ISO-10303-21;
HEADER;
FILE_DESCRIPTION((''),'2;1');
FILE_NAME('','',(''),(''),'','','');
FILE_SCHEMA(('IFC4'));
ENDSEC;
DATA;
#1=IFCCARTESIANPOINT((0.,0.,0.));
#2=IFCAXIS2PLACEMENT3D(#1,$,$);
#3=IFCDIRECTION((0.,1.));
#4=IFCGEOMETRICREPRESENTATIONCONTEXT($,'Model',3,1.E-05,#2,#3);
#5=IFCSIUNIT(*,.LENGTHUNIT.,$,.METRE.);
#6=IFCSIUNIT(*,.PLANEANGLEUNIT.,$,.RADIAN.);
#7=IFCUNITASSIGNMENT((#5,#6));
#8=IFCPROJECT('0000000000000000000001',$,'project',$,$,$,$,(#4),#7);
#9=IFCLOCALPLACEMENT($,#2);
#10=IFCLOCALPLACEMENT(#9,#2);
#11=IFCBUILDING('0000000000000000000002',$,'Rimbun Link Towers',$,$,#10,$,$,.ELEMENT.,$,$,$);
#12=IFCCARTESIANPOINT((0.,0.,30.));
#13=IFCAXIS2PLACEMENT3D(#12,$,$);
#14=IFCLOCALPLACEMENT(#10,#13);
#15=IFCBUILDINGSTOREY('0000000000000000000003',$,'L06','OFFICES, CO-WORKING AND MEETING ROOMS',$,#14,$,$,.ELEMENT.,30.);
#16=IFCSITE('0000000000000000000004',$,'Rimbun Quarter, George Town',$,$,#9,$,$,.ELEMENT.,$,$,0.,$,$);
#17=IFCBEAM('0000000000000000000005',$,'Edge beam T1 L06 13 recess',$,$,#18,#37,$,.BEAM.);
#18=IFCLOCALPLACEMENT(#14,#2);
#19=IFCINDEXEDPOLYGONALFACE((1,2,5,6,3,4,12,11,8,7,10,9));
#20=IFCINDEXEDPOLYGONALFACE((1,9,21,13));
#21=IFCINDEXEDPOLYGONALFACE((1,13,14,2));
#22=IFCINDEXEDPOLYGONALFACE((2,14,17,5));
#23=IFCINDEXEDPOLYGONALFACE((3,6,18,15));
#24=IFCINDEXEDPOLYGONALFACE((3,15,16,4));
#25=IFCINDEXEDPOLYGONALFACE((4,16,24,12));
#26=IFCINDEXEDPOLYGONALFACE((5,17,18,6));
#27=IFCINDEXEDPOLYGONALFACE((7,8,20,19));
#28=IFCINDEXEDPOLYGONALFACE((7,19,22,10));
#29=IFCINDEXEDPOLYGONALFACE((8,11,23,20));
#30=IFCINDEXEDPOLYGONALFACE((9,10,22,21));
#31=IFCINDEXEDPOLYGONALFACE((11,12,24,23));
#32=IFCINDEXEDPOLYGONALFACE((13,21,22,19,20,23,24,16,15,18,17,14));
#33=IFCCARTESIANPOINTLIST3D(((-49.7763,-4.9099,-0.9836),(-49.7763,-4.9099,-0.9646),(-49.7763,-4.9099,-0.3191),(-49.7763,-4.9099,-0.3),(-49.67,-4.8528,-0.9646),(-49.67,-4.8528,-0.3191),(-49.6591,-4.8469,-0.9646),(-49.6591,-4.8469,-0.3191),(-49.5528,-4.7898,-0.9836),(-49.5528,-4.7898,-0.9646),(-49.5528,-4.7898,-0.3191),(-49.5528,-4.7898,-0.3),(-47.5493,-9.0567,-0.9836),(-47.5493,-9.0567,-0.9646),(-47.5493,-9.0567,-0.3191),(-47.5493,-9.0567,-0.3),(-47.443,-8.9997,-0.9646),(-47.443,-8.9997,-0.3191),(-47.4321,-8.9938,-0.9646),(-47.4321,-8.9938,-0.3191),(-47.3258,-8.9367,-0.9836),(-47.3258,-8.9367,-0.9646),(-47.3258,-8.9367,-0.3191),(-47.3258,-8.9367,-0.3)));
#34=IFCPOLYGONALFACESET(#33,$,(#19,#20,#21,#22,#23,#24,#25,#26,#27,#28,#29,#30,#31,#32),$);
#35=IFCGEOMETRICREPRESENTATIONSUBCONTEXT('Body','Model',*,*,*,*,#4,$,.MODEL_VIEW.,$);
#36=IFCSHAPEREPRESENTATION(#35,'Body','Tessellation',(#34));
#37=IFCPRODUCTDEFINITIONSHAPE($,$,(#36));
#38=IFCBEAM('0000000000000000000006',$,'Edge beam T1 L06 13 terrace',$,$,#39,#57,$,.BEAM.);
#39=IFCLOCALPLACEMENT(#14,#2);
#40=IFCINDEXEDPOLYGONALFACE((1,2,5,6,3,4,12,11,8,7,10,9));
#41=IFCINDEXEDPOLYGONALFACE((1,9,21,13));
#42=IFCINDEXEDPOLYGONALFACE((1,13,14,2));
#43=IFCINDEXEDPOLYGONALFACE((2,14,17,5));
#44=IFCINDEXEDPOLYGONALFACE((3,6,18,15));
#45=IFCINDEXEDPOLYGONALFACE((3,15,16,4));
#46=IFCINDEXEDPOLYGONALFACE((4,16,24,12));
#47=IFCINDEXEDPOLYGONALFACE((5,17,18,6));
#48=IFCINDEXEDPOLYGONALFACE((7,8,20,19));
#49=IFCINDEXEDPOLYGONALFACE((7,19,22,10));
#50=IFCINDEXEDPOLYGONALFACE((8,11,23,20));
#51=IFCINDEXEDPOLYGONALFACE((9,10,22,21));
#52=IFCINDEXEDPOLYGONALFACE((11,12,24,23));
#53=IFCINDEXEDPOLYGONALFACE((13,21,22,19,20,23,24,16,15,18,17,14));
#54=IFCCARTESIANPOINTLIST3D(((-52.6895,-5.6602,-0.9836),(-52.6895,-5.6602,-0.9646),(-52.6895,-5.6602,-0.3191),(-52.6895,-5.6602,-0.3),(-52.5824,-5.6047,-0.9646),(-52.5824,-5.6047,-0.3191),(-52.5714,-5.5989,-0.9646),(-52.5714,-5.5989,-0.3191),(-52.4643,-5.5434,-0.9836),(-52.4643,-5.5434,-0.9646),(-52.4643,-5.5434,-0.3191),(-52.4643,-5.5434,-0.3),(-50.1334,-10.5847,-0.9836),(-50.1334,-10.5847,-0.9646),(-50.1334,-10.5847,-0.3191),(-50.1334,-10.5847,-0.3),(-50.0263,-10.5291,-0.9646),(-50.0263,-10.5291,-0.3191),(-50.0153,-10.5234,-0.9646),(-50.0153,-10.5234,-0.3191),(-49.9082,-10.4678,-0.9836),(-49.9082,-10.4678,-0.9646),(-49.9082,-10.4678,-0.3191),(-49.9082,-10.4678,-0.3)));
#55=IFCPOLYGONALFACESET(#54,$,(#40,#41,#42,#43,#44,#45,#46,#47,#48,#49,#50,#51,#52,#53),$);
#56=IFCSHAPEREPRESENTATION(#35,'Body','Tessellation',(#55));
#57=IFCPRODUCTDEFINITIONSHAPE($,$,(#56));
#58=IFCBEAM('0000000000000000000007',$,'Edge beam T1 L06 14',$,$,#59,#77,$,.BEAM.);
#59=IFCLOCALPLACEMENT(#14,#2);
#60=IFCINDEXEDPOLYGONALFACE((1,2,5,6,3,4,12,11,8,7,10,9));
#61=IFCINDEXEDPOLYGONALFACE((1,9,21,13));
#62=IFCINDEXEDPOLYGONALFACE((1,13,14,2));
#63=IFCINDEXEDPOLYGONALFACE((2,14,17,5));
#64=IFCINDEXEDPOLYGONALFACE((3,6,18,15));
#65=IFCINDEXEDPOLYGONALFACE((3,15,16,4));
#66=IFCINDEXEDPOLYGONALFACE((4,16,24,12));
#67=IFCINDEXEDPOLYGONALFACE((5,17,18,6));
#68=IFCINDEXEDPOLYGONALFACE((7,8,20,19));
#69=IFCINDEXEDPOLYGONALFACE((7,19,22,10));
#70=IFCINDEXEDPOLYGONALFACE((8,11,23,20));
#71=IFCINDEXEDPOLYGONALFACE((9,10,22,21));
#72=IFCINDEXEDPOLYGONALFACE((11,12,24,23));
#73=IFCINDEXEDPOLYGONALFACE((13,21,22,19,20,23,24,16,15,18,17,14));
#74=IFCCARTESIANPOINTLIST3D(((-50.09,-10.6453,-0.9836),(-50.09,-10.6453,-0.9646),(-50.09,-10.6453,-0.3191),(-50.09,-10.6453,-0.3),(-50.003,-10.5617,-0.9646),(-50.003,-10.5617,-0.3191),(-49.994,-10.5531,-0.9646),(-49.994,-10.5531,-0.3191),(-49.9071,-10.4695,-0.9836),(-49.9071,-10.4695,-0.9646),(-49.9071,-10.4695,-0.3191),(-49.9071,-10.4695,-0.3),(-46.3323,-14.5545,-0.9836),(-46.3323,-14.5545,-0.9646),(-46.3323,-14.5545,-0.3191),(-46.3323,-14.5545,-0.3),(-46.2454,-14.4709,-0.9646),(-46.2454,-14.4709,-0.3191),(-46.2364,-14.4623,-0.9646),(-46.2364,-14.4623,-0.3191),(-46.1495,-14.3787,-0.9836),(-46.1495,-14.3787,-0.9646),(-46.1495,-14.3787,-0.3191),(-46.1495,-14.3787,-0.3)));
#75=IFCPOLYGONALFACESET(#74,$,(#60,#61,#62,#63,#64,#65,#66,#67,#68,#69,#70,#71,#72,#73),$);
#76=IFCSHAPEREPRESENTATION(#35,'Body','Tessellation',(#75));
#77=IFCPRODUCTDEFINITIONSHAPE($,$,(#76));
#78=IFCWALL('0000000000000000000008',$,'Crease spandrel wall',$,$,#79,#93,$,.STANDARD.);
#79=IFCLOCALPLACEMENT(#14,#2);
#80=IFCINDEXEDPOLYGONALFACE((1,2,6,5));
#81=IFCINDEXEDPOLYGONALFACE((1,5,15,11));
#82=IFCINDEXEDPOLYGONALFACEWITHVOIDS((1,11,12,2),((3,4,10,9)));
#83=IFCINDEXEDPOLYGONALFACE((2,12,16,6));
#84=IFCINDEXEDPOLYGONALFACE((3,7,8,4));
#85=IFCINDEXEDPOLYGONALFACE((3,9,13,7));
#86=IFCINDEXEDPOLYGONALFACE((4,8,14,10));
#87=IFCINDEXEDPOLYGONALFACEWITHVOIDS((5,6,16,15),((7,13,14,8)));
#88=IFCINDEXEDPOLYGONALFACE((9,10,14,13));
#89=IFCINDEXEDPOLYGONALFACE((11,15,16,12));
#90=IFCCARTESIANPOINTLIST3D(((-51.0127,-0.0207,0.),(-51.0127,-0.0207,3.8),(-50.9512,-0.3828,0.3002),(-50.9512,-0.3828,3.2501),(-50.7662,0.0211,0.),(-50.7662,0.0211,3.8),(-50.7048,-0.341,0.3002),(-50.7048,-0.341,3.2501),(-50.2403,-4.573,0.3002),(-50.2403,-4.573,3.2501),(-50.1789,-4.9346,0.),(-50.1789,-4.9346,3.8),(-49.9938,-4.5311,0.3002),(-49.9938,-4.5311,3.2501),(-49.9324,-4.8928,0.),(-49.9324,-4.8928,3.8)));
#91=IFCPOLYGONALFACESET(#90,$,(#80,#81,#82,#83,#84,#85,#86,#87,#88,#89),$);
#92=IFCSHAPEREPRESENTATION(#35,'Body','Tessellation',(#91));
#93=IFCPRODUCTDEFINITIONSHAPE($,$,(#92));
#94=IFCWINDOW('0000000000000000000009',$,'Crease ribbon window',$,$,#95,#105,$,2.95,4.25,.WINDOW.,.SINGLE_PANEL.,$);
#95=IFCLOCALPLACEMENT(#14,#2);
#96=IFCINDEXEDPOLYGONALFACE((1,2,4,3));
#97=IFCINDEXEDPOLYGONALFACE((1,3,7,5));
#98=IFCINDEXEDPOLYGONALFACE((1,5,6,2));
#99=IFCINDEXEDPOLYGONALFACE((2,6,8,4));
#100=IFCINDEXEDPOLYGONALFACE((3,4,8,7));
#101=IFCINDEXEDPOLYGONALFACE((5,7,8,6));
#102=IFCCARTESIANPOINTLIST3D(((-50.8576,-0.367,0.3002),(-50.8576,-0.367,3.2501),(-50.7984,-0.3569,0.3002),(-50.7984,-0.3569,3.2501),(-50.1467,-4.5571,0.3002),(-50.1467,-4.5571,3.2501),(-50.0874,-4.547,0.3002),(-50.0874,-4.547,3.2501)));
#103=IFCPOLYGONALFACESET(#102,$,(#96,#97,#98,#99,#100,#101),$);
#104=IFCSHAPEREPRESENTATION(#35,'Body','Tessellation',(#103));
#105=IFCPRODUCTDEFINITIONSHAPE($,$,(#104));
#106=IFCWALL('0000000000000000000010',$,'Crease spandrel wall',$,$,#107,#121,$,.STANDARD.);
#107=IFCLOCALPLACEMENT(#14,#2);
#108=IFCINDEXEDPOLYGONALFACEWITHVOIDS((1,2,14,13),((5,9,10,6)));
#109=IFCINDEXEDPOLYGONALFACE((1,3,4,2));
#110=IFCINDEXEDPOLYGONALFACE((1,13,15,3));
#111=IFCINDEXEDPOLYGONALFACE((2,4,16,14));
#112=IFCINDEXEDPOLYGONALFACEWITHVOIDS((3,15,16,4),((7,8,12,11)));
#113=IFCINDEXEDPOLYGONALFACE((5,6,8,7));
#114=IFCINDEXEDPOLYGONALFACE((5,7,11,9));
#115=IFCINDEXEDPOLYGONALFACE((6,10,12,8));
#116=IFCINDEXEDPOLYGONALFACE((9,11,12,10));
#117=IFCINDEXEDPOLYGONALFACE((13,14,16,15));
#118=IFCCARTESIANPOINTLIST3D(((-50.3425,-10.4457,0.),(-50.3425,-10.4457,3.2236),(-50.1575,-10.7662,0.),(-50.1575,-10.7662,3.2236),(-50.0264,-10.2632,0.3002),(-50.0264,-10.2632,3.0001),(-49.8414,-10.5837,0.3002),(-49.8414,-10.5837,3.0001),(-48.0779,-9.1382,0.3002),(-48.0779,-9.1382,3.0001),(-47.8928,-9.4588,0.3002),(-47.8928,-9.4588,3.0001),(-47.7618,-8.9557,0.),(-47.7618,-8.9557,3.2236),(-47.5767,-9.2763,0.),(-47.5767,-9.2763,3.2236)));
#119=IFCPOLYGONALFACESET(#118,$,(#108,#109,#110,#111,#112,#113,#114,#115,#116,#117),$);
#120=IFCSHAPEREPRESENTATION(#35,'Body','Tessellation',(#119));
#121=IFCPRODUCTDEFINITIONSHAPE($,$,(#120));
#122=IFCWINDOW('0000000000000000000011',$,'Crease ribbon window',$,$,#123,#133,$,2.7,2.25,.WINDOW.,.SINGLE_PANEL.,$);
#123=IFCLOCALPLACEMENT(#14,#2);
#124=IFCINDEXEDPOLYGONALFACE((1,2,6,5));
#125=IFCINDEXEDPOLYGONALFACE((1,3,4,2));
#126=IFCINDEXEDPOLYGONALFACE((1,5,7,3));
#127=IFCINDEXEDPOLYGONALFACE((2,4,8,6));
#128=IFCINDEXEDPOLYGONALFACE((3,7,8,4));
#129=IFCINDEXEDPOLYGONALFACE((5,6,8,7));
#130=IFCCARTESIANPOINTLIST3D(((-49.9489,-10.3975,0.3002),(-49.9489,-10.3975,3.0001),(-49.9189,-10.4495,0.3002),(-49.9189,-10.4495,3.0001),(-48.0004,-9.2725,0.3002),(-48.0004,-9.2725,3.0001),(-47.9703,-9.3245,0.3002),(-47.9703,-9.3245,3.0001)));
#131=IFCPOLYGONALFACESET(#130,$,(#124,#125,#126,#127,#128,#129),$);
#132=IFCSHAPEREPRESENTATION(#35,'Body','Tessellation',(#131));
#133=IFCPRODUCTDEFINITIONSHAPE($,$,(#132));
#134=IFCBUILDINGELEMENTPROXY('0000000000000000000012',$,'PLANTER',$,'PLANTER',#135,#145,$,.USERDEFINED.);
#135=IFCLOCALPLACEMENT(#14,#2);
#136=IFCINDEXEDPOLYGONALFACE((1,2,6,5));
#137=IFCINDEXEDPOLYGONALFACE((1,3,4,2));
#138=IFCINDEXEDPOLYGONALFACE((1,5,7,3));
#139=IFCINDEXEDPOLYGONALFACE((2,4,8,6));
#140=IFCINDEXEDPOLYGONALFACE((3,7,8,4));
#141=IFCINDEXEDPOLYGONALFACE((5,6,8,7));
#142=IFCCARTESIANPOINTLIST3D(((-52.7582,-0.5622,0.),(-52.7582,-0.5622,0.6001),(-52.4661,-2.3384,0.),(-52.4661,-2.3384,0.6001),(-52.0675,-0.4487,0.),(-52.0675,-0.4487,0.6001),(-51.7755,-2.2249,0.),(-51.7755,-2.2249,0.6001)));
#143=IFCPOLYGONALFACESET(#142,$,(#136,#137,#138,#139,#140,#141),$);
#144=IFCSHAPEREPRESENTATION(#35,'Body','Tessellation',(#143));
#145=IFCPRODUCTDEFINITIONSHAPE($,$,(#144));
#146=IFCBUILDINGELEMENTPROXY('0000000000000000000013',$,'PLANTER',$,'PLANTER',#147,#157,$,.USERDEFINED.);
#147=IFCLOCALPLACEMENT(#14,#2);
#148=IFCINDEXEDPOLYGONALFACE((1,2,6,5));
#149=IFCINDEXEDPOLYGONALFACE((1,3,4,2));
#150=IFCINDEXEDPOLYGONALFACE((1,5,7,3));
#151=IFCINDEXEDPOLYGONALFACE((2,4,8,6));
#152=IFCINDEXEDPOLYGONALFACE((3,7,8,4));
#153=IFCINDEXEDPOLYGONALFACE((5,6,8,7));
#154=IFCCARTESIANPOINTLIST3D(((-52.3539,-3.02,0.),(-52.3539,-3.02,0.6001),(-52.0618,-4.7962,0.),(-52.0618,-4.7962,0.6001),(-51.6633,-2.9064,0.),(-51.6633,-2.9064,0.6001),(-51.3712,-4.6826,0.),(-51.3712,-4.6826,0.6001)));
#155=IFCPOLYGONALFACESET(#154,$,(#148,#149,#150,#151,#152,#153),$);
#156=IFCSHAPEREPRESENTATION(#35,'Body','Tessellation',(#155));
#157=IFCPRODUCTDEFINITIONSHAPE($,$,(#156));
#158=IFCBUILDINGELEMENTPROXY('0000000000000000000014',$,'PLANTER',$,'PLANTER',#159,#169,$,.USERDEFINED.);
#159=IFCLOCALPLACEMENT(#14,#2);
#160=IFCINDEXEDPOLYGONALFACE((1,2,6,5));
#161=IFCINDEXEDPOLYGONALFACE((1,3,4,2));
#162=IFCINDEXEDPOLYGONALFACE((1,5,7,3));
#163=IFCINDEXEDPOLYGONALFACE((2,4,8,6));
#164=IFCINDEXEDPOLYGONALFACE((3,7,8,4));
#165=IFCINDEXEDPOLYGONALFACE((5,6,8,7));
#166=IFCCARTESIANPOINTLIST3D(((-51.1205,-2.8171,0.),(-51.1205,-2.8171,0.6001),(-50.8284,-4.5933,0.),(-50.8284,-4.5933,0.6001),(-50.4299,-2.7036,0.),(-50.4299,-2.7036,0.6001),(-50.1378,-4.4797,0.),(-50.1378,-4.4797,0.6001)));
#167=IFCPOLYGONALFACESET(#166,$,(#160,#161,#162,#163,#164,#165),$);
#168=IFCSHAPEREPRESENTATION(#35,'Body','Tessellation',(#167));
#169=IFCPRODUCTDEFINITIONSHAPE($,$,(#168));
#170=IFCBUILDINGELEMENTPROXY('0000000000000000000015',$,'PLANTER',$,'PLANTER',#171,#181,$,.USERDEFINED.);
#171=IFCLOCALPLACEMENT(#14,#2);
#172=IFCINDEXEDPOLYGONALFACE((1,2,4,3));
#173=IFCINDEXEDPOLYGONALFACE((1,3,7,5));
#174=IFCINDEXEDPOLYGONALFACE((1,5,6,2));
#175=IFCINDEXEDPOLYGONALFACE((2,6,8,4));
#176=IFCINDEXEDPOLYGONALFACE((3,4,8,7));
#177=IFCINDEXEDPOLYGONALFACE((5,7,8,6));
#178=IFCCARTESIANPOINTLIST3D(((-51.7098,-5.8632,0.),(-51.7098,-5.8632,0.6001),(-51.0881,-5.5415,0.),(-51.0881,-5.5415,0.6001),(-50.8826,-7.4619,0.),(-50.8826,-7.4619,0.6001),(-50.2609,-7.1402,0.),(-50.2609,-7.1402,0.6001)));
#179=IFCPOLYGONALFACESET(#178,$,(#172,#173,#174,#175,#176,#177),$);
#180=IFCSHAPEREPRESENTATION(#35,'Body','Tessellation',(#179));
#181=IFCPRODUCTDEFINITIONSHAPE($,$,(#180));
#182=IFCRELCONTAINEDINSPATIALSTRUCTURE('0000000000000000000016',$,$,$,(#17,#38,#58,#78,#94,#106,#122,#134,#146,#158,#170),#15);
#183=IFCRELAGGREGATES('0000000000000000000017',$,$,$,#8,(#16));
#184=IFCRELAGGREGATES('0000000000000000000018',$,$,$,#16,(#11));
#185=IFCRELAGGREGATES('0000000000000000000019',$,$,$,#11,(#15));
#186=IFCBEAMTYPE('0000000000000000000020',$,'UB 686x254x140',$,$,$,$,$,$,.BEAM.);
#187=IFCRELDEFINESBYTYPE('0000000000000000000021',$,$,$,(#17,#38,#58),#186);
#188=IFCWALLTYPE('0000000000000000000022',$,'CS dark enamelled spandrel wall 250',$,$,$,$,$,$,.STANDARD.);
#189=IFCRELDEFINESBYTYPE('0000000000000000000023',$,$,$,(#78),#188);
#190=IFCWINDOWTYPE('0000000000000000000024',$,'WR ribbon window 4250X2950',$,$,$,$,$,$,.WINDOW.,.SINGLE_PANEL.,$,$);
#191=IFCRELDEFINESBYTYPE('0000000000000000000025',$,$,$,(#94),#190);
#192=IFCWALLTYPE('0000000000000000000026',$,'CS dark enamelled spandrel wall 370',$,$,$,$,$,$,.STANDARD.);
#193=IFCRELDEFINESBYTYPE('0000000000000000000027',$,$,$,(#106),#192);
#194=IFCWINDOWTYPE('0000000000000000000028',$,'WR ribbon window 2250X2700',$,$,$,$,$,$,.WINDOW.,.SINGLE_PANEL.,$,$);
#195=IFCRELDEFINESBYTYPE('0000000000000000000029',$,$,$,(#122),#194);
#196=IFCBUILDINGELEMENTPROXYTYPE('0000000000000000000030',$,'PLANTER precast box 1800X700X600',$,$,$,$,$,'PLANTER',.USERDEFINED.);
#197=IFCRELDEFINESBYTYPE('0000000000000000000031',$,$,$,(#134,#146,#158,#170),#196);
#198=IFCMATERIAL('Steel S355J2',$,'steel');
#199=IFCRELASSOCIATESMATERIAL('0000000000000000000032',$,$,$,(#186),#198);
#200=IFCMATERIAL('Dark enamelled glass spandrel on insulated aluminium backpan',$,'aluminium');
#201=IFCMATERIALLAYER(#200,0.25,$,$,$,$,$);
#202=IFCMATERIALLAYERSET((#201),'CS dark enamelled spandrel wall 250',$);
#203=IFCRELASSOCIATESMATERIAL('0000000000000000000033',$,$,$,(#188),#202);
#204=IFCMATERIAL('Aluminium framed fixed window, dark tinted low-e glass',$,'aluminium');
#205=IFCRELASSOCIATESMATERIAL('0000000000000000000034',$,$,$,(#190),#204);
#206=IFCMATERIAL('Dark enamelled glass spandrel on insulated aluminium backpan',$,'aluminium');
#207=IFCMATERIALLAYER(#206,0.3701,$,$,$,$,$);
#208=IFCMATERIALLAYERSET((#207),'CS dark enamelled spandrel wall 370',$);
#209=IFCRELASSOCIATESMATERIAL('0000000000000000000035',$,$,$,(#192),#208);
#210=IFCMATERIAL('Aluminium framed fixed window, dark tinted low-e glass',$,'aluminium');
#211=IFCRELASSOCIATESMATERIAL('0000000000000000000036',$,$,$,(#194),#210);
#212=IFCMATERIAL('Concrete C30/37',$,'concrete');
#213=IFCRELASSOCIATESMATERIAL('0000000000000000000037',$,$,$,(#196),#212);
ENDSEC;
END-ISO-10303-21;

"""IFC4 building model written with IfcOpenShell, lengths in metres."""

from ifc_helpers import new_model, si_unit, direction, frame, frame_2d, origin, origin_2d, place, context, subcontext, project, spatial, rectangle, i_section, extrude, material, layer, layer_set, material_profile, profile_set, type_object, element, fill, save


model = new_model("IFC4")

# Units and contexts
model_context = context("Model", 3, precision=1e-05, world=origin(), true_north=direction((0.0, 1.0)))
body_context = subcontext(model_context, "Body", "Model", "MODEL_VIEW")
ifc_project = project(units=[si_unit("LENGTHUNIT", "METRE"), si_unit("PLANEANGLEUNIT", "RADIAN")], contexts=[model_context])

# Site, building, storey
site_placement = place(None, origin())
site = spatial("IfcSite", under=ifc_project, at=site_placement, Name="Rimbun Quarter, George Town", CompositionType="ELEMENT", RefElevation=0.0)
building_placement = place(site_placement, origin())
building = spatial("IfcBuilding", under=site, at=building_placement, Name="Rimbun Link Towers", CompositionType="ELEMENT")
storey_placement = place(building_placement, frame((0.0, 0.0, 30.0)))
storey = spatial("IfcBuildingStorey", under=building, at=storey_placement, Name="L06", Description="OFFICES, CO-WORKING AND MEETING ROOMS", CompositionType="ELEMENT", Elevation=30.0)

# Beams
ifc_material_1 = material(Name="Steel S355J2", Category="steel")
ifc_material_profile = material_profile(ifc_material_1, i_section(OverallWidth=0.2537, OverallDepth=0.6836, WebThickness=0.0125, FlangeThickness=0.019, at=origin_2d()), Name="UB 686x254x140")
ifc_profile_set = profile_set([ifc_material_profile], Name="Steel S355J2")
beam_type = type_object("IfcBeamType", Name="UB 686x254x140", PredefinedType="BEAM", material=ifc_profile_set)
beam_1_placement = place(storey_placement, frame((-49.6646, -4.8499, -0.6418), z_axis=(0.473122, -0.880997, 0.0), x_axis=(0.880997, 0.473122, 0.0)))
element("IfcBeam", 1, at=beam_1_placement, inside=storey, type_object=beam_type, Name="Edge beam T1 L06 13 recess", PredefinedType="BEAM", context=body_context, shape_type="SweptSolid", body=[
    extrude(i_section(OverallWidth=0.2537, OverallDepth=0.6836, WebThickness=0.0125, FlangeThickness=0.019, at=origin_2d()), origin(), (0.0, 0.0, 1.0), 4.707),
])
beam_2_placement = place(storey_placement, frame((-52.5769, -5.6018, -0.6418), z_axis=(0.460697, -0.887557, 0.0), x_axis=(0.887557, 0.460697, 0.0)))
element("IfcBeam", 2, at=beam_2_placement, inside=storey, type_object=beam_type, Name="Edge beam T1 L06 13 terrace", PredefinedType="BEAM", context=body_context, shape_type="SweptSolid", body=[
    extrude(i_section(OverallWidth=0.2537, OverallDepth=0.6836, WebThickness=0.0125, FlangeThickness=0.019, at=origin_2d()), origin(), (0.0, 0.0, 1.0), 5.5483),
])
beam_3_placement = place(storey_placement, frame((-49.9985, -10.5574, -0.6418), z_axis=(0.692988, -0.720949, 0.0), x_axis=(0.720949, 0.692988, 0.0)))
element("IfcBeam", 3, at=beam_3_placement, inside=storey, type_object=beam_type, Name="Edge beam T1 L06 14", PredefinedType="BEAM", context=body_context, shape_type="SweptSolid", body=[
    extrude(i_section(OverallWidth=0.2537, OverallDepth=0.6836, WebThickness=0.0125, FlangeThickness=0.019, at=origin_2d()), origin(), (0.0, 0.0, 1.0), 5.4224),
])

# Walls, openings, windows
ifc_material_2 = material(Name="Dark enamelled glass spandrel on insulated aluminium backpan", Category="aluminium")
ifc_layer_1 = layer(ifc_material_2, 0.25)
ifc_layer_set_1 = layer_set([ifc_layer_1], Name="CS dark enamelled spandrel wall 250")
wall_type_1 = type_object("IfcWallType", Name="CS dark enamelled spandrel wall 250", PredefinedType="STANDARD", material=ifc_layer_set_1)
wall_1_placement = place(storey_placement, frame((-50.0557, -4.9138, 0.0), z_axis=(0.0, 0.0, 1.0), x_axis=(-0.167282, 0.985909, 0.0)))
wall_1 = element("IfcWall", 4, at=wall_1_placement, inside=storey, type_object=wall_type_1, Name="Crease spandrel wall", PredefinedType="STANDARD", context=body_context, shape_type="SweptSolid", body=[
    extrude(rectangle(XDim=4.9841, YDim=0.25, at=frame_2d((2.4922, 0.0))), origin(), (0.0, 0.0, 1.0), 3.8),
])
opening_1_placement = place(wall_1_placement, frame((0.3669, 0.0, 0.3)))
opening_1 = element("IfcOpeningElement", 5, at=opening_1_placement, cuts=wall_1, PredefinedType="OPENING", context=body_context, shape_type="SweptSolid", body=[
    extrude(rectangle(XDim=4.25, YDim=2.95, at=frame_2d((2.125, 1.4751))), frame((0.0, 0.135, 0.0), z_axis=(0.0, -1.0, 0.0), x_axis=(1.0, 0.0, 0.0)), (0.0, 0.0, 1.0), 0.27),
])
ifc_material_3 = material(Name="Aluminium framed fixed window, dark tinted low-e glass", Category="aluminium")
window_type_1 = type_object("IfcWindowType", Name="WR ribbon window 4250X2950", PartitioningType="SINGLE_PANEL", PredefinedType="WINDOW", material=ifc_material_3)
window_1_placement = place(opening_1_placement, origin())
window_1 = element("IfcWindow", 6, at=window_1_placement, inside=storey, type_object=window_type_1, Name="Crease ribbon window", OverallHeight=2.95, OverallWidth=4.25, PartitioningType="SINGLE_PANEL", PredefinedType="WINDOW", context=body_context, shape_type="SweptSolid", body=[
    extrude(rectangle(XDim=4.25, YDim=2.95, at=frame_2d((2.125, 1.4751))), frame((0.0, 0.03, 0.0), z_axis=(0.0, -1.0, 0.0), x_axis=(1.0, 0.0, 0.0)), (0.0, 0.0, 1.0), 0.0601),
])
fill(opening_1, window_1)
ifc_material_4 = material(Name="Dark enamelled glass spandrel on insulated aluminium backpan", Category="aluminium")
ifc_layer_2 = layer(ifc_material_4, 0.3701)
ifc_layer_set_2 = layer_set([ifc_layer_2], Name="CS dark enamelled spandrel wall 370")
wall_type_2 = type_object("IfcWallType", Name="CS dark enamelled spandrel wall 370", PredefinedType="STANDARD", material=ifc_layer_set_2)
wall_2_placement = place(storey_placement, frame((-50.25, -10.606, 0.0), z_axis=(0.0, 0.0, 1.0), x_axis=(0.866031, 0.49999, 0.0)))
wall_2 = element("IfcWall", 7, at=wall_2_placement, inside=storey, type_object=wall_type_2, Name="Crease spandrel wall", PredefinedType="STANDARD", context=body_context, shape_type="SweptSolid", body=[
    extrude(rectangle(XDim=2.98, YDim=0.3701, at=frame_2d((1.49, 0.0))), origin(), (0.0, 0.0, 1.0), 3.2236),
])
opening_2_placement = place(wall_2_placement, frame((0.365, 0.0, 0.3)))
opening_2 = element("IfcOpeningElement", 8, at=opening_2_placement, cuts=wall_2, PredefinedType="OPENING", context=body_context, shape_type="SweptSolid", body=[
    extrude(rectangle(XDim=2.25, YDim=2.7, at=frame_2d((1.125, 1.3501))), frame((0.0, 0.1951, 0.0), z_axis=(0.0, -1.0, 0.0), x_axis=(1.0, 0.0, 0.0)), (0.0, 0.0, 1.0), 0.3901),
])
ifc_material_5 = material(Name="Aluminium framed fixed window, dark tinted low-e glass", Category="aluminium")
window_type_2 = type_object("IfcWindowType", Name="WR ribbon window 2250X2700", PartitioningType="SINGLE_PANEL", PredefinedType="WINDOW", material=ifc_material_5)
window_2_placement = place(opening_2_placement, origin())
window_2 = element("IfcWindow", 9, at=window_2_placement, inside=storey, type_object=window_type_2, Name="Crease ribbon window", OverallHeight=2.7, OverallWidth=2.25, PartitioningType="SINGLE_PANEL", PredefinedType="WINDOW", context=body_context, shape_type="SweptSolid", body=[
    extrude(rectangle(XDim=2.25, YDim=2.7, at=frame_2d((1.125, 1.3501))), frame((0.0, 0.03, 0.0), z_axis=(0.0, -1.0, 0.0), x_axis=(1.0, 0.0, 0.0)), (0.0, 0.0, 1.0), 0.0601),
])
fill(opening_2, window_2)

# Building element proxies
ifc_material_6 = material(Name="Concrete C30/37", Category="concrete")
building_element_proxy_type = type_object("IfcBuildingElementProxyType", Name="PLANTER precast box 1800X700X600", ElementType="PLANTER", PredefinedType="USERDEFINED", material=ifc_material_6)
for number, where, z_axis, x_axis, name in (
    (10, (-52.2668, -1.3936, 0.0), (0.0, 0.0, 1.0), (0.162263, -0.986748, 0.0), "PLANTER"),
    (11, (-51.8625, -3.8513, 0.0), (0.0, 0.0, 1.0), (0.162263, -0.986748, 0.0), "PLANTER"),
    (12, (-50.6292, -3.6484, 0.0), (0.0, 0.0, 1.0), (0.162263, -0.986748, 0.0), "PLANTER"),
    (13, (-50.9854, -6.5017, 0.0), (0.0, 0.0, 1.0), (0.459548, -0.888153, 0.0), "PLANTER"),
):
    element("IfcBuildingElementProxy", number, at=place(storey_placement, frame(where, z_axis=z_axis, x_axis=x_axis)), inside=storey, type_object=building_element_proxy_type, Name=name, ObjectType="PLANTER", PredefinedType="USERDEFINED", context=body_context, shape_type="SweptSolid", body=[
        extrude(rectangle(XDim=1.8, YDim=0.7, at=origin_2d()), origin(), (0.0, 0.0, 1.0), 0.6001),
    ])

save(model, "model.ifc")
